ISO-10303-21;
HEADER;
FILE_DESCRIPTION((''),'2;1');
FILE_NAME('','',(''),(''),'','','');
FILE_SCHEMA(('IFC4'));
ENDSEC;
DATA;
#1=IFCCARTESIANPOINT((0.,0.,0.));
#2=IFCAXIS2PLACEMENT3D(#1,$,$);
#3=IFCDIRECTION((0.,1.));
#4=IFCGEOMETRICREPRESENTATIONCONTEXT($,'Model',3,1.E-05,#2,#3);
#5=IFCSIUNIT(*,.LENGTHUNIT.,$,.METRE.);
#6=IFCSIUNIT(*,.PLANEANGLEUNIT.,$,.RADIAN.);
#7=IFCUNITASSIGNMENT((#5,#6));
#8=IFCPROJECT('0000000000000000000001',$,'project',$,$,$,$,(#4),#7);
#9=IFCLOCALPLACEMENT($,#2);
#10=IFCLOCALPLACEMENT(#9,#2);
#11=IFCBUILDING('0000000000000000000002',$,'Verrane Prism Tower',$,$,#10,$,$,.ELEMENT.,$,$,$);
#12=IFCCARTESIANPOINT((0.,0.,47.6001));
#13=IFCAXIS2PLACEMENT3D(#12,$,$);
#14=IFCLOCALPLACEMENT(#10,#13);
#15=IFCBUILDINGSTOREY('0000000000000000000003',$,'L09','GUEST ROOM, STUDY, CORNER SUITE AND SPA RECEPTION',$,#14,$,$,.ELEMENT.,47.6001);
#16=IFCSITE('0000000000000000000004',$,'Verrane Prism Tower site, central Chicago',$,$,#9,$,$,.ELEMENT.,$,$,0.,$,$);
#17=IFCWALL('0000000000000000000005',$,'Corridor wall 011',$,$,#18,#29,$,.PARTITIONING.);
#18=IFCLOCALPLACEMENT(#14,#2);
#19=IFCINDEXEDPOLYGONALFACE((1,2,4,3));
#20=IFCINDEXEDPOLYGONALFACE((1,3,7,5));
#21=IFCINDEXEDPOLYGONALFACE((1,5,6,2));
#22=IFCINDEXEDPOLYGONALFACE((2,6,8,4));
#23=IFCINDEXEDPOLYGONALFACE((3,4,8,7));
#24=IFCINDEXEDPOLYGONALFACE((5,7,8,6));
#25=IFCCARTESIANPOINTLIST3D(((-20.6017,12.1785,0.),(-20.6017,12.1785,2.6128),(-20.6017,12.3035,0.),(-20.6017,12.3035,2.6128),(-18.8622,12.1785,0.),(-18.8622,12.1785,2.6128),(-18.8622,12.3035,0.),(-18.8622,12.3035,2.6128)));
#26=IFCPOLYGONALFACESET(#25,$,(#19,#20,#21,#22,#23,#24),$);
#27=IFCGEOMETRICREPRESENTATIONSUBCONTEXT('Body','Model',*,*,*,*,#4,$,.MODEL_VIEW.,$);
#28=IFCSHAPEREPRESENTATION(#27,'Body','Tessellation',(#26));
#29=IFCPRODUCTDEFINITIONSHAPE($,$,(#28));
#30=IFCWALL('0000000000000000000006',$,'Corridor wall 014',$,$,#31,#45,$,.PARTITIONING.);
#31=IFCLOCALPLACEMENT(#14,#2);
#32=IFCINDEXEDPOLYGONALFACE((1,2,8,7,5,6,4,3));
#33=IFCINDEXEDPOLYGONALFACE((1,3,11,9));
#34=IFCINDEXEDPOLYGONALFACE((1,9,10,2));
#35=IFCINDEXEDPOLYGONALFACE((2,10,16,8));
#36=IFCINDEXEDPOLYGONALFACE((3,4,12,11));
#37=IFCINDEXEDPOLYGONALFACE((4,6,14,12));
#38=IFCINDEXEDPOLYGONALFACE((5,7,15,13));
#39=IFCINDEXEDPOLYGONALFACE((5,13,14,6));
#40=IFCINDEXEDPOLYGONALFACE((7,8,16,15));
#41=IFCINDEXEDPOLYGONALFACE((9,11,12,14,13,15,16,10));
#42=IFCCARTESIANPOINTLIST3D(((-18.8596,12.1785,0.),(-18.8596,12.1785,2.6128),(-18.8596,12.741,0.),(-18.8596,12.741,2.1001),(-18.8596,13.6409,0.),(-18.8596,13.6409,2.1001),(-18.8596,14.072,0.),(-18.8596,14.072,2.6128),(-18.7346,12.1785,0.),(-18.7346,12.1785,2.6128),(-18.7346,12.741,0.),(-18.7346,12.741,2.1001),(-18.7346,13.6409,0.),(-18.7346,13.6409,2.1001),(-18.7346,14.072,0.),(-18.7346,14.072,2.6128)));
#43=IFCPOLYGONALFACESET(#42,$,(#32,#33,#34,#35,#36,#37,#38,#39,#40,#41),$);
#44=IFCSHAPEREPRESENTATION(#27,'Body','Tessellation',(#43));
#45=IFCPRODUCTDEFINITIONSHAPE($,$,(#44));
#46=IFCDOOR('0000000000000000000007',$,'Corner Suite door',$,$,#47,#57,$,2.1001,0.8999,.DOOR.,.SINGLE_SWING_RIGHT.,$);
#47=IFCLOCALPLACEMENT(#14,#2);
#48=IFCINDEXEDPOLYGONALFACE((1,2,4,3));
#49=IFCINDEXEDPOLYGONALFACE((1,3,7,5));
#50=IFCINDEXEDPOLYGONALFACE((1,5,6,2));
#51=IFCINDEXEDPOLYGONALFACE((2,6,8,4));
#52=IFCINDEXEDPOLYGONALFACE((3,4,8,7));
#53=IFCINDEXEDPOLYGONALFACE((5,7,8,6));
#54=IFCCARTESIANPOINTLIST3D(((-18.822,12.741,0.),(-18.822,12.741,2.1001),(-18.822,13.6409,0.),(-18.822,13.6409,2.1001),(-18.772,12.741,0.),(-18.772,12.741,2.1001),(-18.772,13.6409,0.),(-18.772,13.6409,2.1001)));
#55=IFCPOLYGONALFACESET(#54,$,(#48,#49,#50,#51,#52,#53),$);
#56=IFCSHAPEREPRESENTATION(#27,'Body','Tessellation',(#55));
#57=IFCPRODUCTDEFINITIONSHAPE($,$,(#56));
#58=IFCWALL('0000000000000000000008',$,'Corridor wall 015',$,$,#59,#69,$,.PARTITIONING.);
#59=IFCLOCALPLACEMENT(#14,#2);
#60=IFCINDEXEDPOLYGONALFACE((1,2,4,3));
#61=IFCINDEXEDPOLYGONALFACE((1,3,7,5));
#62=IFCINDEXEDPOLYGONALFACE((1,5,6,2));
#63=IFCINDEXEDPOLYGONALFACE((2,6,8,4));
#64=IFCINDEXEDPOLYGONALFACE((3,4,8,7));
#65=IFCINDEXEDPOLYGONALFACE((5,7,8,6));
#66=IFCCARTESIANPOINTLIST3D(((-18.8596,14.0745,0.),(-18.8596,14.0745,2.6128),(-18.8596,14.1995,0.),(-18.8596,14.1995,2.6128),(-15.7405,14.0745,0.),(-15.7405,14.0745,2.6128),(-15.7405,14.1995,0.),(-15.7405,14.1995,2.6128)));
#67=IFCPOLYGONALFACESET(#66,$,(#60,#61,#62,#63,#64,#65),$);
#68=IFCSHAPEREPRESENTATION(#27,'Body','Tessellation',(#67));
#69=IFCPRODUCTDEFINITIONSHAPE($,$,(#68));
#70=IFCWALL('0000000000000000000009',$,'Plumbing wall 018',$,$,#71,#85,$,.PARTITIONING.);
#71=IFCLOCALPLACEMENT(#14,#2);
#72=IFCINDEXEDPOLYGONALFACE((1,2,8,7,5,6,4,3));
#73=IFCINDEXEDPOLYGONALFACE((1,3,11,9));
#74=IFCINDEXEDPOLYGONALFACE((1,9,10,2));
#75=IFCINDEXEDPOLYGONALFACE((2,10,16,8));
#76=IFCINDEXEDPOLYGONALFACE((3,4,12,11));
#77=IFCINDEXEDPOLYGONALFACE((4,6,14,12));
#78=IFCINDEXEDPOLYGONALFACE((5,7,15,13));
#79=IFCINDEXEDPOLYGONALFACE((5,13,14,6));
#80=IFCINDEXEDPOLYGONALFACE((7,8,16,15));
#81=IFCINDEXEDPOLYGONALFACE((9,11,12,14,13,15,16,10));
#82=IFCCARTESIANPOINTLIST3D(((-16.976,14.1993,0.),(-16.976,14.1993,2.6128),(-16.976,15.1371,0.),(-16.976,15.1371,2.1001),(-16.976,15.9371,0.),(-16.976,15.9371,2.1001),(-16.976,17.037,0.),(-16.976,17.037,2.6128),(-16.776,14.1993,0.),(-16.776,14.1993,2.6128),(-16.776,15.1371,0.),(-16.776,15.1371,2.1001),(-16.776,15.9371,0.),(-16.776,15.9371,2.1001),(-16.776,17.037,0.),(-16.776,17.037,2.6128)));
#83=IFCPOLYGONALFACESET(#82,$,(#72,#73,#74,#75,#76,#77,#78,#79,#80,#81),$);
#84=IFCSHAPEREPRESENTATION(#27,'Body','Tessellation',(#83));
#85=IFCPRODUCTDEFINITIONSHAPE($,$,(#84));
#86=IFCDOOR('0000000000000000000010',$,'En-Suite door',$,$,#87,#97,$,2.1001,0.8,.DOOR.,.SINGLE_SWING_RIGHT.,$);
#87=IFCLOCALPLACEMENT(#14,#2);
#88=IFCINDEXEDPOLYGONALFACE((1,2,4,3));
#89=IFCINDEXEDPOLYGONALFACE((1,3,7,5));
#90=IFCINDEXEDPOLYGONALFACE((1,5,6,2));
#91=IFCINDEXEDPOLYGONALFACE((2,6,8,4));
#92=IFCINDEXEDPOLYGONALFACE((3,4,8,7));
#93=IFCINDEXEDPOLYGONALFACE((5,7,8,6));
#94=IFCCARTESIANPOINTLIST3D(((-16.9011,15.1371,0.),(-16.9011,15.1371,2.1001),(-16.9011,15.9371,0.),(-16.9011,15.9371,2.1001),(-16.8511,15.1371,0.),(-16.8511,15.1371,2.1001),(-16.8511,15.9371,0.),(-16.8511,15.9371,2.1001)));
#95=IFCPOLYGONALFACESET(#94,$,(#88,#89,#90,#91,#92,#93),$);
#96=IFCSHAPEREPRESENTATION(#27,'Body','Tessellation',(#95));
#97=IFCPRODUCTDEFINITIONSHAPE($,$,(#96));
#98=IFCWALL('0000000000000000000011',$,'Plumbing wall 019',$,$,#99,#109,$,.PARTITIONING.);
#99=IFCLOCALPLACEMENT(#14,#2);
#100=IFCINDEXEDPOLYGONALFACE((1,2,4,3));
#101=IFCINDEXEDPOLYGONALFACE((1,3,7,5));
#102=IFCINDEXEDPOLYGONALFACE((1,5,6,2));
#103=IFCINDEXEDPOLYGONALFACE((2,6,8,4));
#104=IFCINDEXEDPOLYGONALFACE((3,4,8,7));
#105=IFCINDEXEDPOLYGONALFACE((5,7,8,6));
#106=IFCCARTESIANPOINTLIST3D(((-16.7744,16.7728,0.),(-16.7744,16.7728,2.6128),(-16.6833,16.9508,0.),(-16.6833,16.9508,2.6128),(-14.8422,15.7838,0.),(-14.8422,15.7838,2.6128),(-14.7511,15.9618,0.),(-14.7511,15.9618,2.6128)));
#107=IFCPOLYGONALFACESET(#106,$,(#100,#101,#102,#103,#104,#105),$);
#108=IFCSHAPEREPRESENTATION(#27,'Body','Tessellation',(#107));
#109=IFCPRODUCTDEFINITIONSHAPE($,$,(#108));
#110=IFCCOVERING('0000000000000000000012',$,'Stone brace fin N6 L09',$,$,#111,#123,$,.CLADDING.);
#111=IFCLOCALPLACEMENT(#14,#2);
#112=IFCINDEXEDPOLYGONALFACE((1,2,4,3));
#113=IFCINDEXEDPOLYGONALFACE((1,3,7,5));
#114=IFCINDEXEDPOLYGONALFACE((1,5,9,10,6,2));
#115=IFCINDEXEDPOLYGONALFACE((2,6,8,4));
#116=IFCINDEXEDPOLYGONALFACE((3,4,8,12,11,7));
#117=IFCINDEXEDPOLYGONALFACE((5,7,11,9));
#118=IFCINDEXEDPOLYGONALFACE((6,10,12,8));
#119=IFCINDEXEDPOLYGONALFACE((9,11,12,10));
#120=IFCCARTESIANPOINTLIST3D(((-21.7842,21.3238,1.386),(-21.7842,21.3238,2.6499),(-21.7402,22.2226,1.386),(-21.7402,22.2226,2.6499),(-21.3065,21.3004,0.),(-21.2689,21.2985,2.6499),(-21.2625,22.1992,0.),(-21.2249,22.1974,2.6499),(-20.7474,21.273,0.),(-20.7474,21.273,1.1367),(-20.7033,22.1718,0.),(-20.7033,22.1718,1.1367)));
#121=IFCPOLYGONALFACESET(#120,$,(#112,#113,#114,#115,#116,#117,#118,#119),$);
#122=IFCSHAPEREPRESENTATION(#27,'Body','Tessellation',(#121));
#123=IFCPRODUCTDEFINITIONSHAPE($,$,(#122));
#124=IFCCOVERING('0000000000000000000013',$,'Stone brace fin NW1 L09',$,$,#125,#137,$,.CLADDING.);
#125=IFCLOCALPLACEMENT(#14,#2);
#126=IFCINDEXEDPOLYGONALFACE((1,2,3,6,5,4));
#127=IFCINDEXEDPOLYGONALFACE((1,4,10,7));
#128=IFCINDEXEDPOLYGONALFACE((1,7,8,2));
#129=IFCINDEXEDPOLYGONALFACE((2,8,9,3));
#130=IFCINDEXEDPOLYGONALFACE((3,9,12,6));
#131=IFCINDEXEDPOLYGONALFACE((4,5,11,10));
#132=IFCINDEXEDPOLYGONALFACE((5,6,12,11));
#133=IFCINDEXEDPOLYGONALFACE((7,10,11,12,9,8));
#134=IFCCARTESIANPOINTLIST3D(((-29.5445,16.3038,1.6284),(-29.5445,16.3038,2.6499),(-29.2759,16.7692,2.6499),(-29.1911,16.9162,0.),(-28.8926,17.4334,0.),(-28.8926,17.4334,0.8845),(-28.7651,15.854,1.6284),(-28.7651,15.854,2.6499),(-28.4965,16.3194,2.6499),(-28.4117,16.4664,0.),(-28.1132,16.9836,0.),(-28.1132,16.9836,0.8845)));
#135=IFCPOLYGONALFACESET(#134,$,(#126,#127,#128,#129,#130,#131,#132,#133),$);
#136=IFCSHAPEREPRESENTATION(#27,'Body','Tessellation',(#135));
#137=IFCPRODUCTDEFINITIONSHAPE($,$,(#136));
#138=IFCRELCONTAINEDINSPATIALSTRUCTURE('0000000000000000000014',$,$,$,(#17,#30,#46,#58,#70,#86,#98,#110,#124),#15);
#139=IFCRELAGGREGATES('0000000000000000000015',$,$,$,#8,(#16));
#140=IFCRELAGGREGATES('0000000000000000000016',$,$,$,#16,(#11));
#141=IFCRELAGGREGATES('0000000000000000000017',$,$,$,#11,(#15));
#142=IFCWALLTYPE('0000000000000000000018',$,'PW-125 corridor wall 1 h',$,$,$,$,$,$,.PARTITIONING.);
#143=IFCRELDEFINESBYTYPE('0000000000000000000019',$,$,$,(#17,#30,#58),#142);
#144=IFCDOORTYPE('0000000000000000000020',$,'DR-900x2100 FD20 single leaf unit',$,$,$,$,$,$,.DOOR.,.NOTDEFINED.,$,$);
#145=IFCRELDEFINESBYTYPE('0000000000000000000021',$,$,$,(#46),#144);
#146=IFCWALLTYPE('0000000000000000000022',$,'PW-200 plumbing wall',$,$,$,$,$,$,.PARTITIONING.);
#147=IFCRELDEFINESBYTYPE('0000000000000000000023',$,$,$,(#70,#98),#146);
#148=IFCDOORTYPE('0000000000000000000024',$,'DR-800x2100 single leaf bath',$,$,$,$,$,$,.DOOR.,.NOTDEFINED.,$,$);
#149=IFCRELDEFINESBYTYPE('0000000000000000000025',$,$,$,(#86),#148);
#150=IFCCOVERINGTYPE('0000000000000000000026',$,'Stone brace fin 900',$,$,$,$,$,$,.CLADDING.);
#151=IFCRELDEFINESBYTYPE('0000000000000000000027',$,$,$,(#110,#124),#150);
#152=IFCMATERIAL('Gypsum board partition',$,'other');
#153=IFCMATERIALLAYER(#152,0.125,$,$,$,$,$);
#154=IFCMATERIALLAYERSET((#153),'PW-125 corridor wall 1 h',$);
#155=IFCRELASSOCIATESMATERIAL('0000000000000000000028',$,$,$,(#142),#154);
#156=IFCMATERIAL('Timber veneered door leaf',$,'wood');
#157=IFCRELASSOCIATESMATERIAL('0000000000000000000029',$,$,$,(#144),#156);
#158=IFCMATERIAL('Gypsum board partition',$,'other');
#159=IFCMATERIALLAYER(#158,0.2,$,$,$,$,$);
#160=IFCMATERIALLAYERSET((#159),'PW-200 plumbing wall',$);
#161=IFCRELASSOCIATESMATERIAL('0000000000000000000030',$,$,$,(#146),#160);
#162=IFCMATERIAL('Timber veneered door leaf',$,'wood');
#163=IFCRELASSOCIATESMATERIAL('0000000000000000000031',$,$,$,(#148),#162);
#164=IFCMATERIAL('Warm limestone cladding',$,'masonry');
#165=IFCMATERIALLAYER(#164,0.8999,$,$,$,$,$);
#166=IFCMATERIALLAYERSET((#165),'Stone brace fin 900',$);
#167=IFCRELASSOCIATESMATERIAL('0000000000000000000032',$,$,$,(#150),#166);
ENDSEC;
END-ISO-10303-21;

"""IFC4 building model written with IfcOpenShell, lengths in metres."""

from ifc_helpers import new_model, si_unit, direction, frame, frame_2d, origin, place, context, subcontext, project, spatial, polyline, rectangle, outline, extrude, material, layer, layer_set, type_object, element, fill, save


model = new_model("IFC4")

# Units and contexts
model_context = context("Model", 3, precision=1e-05, world=origin(), true_north=direction((0.0, 1.0)))
body_context = subcontext(model_context, "Body", "Model", "MODEL_VIEW")
ifc_project = project(units=[si_unit("LENGTHUNIT", "METRE"), si_unit("PLANEANGLEUNIT", "RADIAN")], contexts=[model_context])

# Site, building, storey
site_placement = place(None, origin())
site = spatial("IfcSite", under=ifc_project, at=site_placement, Name="Verrane Prism Tower site, central Chicago", CompositionType="ELEMENT", RefElevation=0.0)
building_placement = place(site_placement, origin())
building = spatial("IfcBuilding", under=site, at=building_placement, Name="Verrane Prism Tower", CompositionType="ELEMENT")
storey_placement = place(building_placement, frame((0.0, 0.0, 47.6001)))
storey = spatial("IfcBuildingStorey", under=building, at=storey_placement, Name="L09", Description="GUEST ROOM, STUDY, CORNER SUITE AND SPA RECEPTION", CompositionType="ELEMENT", Elevation=47.6001)

# Wall
ifc_material_1 = material(Name="Gypsum board partition", Category="other")
ifc_layer_1 = layer(ifc_material_1, 0.125)
ifc_layer_set_1 = layer_set([ifc_layer_1], Name="PW-125 corridor wall 1 h")
wall_type_1 = type_object("IfcWallType", Name="PW-125 corridor wall 1 h", PredefinedType="PARTITIONING", material=ifc_layer_set_1)
wall_1_placement = place(storey_placement, frame((-20.6016, 12.241, 0.0), z_axis=(0.0, 0.0, 1.0), x_axis=(1.0, 0.0, 0.0)))
element("IfcWall", 1, at=wall_1_placement, inside=storey, type_object=wall_type_1, Name="Corridor wall 011", PredefinedType="PARTITIONING", context=body_context, shape_type="SweptSolid", body=[
    extrude(rectangle(XDim=1.7395, YDim=0.125, at=frame_2d((0.8696, 0.0))), origin(), (0.0, 0.0, 1.0), 2.6128),
])

# Wall, opening, door
wall_2_placement = place(storey_placement, frame((-18.7971, 12.1785, 0.0), z_axis=(0.0, 0.0, 1.0), x_axis=(0.0, 1.0, 0.0)))
wall_2 = element("IfcWall", 2, at=wall_2_placement, inside=storey, type_object=wall_type_1, Name="Corridor wall 014", PredefinedType="PARTITIONING", context=body_context, shape_type="SweptSolid", body=[
    extrude(rectangle(XDim=1.8936, YDim=0.125, at=frame_2d((0.9468, 0.0))), origin(), (0.0, 0.0, 1.0), 2.6128),
])
opening_1_placement = place(wall_2_placement, frame((0.5625, 0.0, 0.0)))
opening_1 = element("IfcOpeningElement", 3, at=opening_1_placement, cuts=wall_2, PredefinedType="OPENING", context=body_context, shape_type="SweptSolid", body=[
    extrude(rectangle(XDim=0.8999, YDim=2.1001, at=frame_2d((0.45, 1.05))), frame((0.0, 0.0725, 0.0), z_axis=(0.0, -1.0, 0.0), x_axis=(1.0, 0.0, 0.0)), (0.0, 0.0, 1.0), 0.145),
])
ifc_material_2 = material(Name="Timber veneered door leaf", Category="wood")
door_type_1 = type_object("IfcDoorType", Name="DR-900x2100 FD20 single leaf unit", OperationType="NOTDEFINED", PredefinedType="DOOR", material=ifc_material_2)
door_1_placement = place(opening_1_placement, origin())
door_1 = element("IfcDoor", 4, at=door_1_placement, inside=storey, type_object=door_type_1, Name="Corner Suite door", OperationType="SINGLE_SWING_RIGHT", OverallHeight=2.1001, OverallWidth=0.8999, PredefinedType="DOOR", context=body_context, shape_type="SweptSolid", body=[
    extrude(rectangle(XDim=0.8999, YDim=2.1001, at=frame_2d((0.45, 1.05))), frame((0.0, 0.0249, 0.0), z_axis=(0.0, -1.0, 0.0), x_axis=(1.0, 0.0, 0.0)), (0.0, 0.0, 1.0), 0.05),
])
fill(opening_1, door_1)

# Wall
wall_3_placement = place(storey_placement, frame((-18.8596, 14.137, 0.0), z_axis=(0.0, 0.0, 1.0), x_axis=(1.0, 0.0, 0.0)))
element("IfcWall", 5, at=wall_3_placement, inside=storey, type_object=wall_type_1, Name="Corridor wall 015", PredefinedType="PARTITIONING", context=body_context, shape_type="SweptSolid", body=[
    extrude(rectangle(XDim=3.1191, YDim=0.125, at=frame_2d((1.5596, 0.0))), origin(), (0.0, 0.0, 1.0), 2.6128),
])

# Wall, opening, door
ifc_material_3 = material(Name="Gypsum board partition", Category="other")
ifc_layer_2 = layer(ifc_material_3, 0.2)
ifc_layer_set_2 = layer_set([ifc_layer_2], Name="PW-200 plumbing wall")
wall_type_2 = type_object("IfcWallType", Name="PW-200 plumbing wall", PredefinedType="PARTITIONING", material=ifc_layer_set_2)
wall_4_placement = place(storey_placement, frame((-16.876, 17.0371, 0.0), z_axis=(0.0, 0.0, 1.0), x_axis=(0.0, -1.0, 0.0)))
wall_4 = element("IfcWall", 6, at=wall_4_placement, inside=storey, type_object=wall_type_2, Name="Plumbing wall 018", PredefinedType="PARTITIONING", context=body_context, shape_type="SweptSolid", body=[
    extrude(rectangle(XDim=2.8376, YDim=0.2, at=frame_2d((1.4189, 0.0))), origin(), (0.0, 0.0, 1.0), 2.6128),
])
opening_2_placement = place(wall_4_placement, frame((1.1001, 0.0, 0.0)))
opening_2 = element("IfcOpeningElement", 7, at=opening_2_placement, cuts=wall_4, PredefinedType="OPENING", context=body_context, shape_type="SweptSolid", body=[
    extrude(rectangle(XDim=0.8, YDim=2.1001, at=frame_2d((0.3999, 1.05))), frame((0.0, 0.1099, 0.0), z_axis=(0.0, -1.0, 0.0), x_axis=(1.0, 0.0, 0.0)), (0.0, 0.0, 1.0), 0.22),
])
ifc_material_4 = material(Name="Timber veneered door leaf", Category="wood")
door_type_2 = type_object("IfcDoorType", Name="DR-800x2100 single leaf bath", OperationType="NOTDEFINED", PredefinedType="DOOR", material=ifc_material_4)
door_2_placement = place(opening_2_placement, origin())
door_2 = element("IfcDoor", 8, at=door_2_placement, inside=storey, type_object=door_type_2, Name="En-Suite door", OperationType="SINGLE_SWING_RIGHT", OverallHeight=2.1001, OverallWidth=0.8, PredefinedType="DOOR", context=body_context, shape_type="SweptSolid", body=[
    extrude(rectangle(XDim=0.8, YDim=2.1001, at=frame_2d((0.3999, 1.05))), frame((0.0, 0.0249, 0.0), z_axis=(0.0, -1.0, 0.0), x_axis=(1.0, 0.0, 0.0)), (0.0, 0.0, 1.0), 0.05),
])
fill(opening_2, door_2)

# Wall
wall_5_placement = place(storey_placement, frame((-16.729, 16.8618, 0.0), z_axis=(0.0, 0.0, 1.0), x_axis=(0.890181, -0.455606, 0.0)))
element("IfcWall", 9, at=wall_5_placement, inside=storey, type_object=wall_type_2, Name="Plumbing wall 019", PredefinedType="PARTITIONING", context=body_context, shape_type="SweptSolid", body=[
    extrude(rectangle(XDim=2.1707, YDim=0.2, at=frame_2d((1.0854, 0.0))), origin(), (0.0, 0.0, 1.0), 2.6128),
])

# Coverings
ifc_material_5 = material(Name="Warm limestone cladding", Category="masonry")
ifc_layer_3 = layer(ifc_material_5, 0.8999)
ifc_layer_set_3 = layer_set([ifc_layer_3], Name="Stone brace fin 900")
covering_type = type_object("IfcCoveringType", Name="Stone brace fin 900", PredefinedType="CLADDING", material=ifc_layer_set_3)
covering_1_placement = place(storey_placement, frame((-20.7253, 21.7224, 0.0), z_axis=(0.0, 0.0, 1.0), x_axis=(-0.998803, 0.048917, 0.0)))
element("IfcCovering", 10, at=covering_1_placement, inside=storey, type_object=covering_type, Name="Stone brace fin N6 L09", PredefinedType="CLADDING", context=body_context, shape_type="SweptSolid", body=[
    extrude(outline(polyline([(1.0381, 2.6499), (0.5222, 2.6499), (0.0, 1.1367), (0.0, 0.0), (0.5598, 0.0), (1.0381, 1.386), (1.0381, 2.6499)])), frame((0.0, 0.45, 0.0), z_axis=(0.0, -1.0, 0.0), x_axis=(1.0, 0.0, 0.0)), (0.0, 0.0, 1.0), 0.8999),
])
covering_2_placement = place(storey_placement, frame((-28.5029, 17.2085, 0.0), z_axis=(0.0, 0.0, 1.0), x_axis=(-0.499803, -0.866139, 0.0)))
element("IfcCovering", 11, at=covering_2_placement, inside=storey, type_object=covering_type, Name="Stone brace fin NW1 L09", PredefinedType="CLADDING", context=body_context, shape_type="SweptSolid", body=[
    extrude(outline(polyline([(1.3042, 2.6499), (0.7668, 2.6499), (0.0, 0.8845), (0.0, 0.0), (0.5972, 0.0), (1.3042, 1.6284), (1.3042, 2.6499)])), frame((0.0, 0.45, 0.0), z_axis=(0.0, -1.0, 0.0), x_axis=(1.0, 0.0, 0.0)), (0.0, 0.0, 1.0), 0.8999),
])

save(model, "model.ifc")
